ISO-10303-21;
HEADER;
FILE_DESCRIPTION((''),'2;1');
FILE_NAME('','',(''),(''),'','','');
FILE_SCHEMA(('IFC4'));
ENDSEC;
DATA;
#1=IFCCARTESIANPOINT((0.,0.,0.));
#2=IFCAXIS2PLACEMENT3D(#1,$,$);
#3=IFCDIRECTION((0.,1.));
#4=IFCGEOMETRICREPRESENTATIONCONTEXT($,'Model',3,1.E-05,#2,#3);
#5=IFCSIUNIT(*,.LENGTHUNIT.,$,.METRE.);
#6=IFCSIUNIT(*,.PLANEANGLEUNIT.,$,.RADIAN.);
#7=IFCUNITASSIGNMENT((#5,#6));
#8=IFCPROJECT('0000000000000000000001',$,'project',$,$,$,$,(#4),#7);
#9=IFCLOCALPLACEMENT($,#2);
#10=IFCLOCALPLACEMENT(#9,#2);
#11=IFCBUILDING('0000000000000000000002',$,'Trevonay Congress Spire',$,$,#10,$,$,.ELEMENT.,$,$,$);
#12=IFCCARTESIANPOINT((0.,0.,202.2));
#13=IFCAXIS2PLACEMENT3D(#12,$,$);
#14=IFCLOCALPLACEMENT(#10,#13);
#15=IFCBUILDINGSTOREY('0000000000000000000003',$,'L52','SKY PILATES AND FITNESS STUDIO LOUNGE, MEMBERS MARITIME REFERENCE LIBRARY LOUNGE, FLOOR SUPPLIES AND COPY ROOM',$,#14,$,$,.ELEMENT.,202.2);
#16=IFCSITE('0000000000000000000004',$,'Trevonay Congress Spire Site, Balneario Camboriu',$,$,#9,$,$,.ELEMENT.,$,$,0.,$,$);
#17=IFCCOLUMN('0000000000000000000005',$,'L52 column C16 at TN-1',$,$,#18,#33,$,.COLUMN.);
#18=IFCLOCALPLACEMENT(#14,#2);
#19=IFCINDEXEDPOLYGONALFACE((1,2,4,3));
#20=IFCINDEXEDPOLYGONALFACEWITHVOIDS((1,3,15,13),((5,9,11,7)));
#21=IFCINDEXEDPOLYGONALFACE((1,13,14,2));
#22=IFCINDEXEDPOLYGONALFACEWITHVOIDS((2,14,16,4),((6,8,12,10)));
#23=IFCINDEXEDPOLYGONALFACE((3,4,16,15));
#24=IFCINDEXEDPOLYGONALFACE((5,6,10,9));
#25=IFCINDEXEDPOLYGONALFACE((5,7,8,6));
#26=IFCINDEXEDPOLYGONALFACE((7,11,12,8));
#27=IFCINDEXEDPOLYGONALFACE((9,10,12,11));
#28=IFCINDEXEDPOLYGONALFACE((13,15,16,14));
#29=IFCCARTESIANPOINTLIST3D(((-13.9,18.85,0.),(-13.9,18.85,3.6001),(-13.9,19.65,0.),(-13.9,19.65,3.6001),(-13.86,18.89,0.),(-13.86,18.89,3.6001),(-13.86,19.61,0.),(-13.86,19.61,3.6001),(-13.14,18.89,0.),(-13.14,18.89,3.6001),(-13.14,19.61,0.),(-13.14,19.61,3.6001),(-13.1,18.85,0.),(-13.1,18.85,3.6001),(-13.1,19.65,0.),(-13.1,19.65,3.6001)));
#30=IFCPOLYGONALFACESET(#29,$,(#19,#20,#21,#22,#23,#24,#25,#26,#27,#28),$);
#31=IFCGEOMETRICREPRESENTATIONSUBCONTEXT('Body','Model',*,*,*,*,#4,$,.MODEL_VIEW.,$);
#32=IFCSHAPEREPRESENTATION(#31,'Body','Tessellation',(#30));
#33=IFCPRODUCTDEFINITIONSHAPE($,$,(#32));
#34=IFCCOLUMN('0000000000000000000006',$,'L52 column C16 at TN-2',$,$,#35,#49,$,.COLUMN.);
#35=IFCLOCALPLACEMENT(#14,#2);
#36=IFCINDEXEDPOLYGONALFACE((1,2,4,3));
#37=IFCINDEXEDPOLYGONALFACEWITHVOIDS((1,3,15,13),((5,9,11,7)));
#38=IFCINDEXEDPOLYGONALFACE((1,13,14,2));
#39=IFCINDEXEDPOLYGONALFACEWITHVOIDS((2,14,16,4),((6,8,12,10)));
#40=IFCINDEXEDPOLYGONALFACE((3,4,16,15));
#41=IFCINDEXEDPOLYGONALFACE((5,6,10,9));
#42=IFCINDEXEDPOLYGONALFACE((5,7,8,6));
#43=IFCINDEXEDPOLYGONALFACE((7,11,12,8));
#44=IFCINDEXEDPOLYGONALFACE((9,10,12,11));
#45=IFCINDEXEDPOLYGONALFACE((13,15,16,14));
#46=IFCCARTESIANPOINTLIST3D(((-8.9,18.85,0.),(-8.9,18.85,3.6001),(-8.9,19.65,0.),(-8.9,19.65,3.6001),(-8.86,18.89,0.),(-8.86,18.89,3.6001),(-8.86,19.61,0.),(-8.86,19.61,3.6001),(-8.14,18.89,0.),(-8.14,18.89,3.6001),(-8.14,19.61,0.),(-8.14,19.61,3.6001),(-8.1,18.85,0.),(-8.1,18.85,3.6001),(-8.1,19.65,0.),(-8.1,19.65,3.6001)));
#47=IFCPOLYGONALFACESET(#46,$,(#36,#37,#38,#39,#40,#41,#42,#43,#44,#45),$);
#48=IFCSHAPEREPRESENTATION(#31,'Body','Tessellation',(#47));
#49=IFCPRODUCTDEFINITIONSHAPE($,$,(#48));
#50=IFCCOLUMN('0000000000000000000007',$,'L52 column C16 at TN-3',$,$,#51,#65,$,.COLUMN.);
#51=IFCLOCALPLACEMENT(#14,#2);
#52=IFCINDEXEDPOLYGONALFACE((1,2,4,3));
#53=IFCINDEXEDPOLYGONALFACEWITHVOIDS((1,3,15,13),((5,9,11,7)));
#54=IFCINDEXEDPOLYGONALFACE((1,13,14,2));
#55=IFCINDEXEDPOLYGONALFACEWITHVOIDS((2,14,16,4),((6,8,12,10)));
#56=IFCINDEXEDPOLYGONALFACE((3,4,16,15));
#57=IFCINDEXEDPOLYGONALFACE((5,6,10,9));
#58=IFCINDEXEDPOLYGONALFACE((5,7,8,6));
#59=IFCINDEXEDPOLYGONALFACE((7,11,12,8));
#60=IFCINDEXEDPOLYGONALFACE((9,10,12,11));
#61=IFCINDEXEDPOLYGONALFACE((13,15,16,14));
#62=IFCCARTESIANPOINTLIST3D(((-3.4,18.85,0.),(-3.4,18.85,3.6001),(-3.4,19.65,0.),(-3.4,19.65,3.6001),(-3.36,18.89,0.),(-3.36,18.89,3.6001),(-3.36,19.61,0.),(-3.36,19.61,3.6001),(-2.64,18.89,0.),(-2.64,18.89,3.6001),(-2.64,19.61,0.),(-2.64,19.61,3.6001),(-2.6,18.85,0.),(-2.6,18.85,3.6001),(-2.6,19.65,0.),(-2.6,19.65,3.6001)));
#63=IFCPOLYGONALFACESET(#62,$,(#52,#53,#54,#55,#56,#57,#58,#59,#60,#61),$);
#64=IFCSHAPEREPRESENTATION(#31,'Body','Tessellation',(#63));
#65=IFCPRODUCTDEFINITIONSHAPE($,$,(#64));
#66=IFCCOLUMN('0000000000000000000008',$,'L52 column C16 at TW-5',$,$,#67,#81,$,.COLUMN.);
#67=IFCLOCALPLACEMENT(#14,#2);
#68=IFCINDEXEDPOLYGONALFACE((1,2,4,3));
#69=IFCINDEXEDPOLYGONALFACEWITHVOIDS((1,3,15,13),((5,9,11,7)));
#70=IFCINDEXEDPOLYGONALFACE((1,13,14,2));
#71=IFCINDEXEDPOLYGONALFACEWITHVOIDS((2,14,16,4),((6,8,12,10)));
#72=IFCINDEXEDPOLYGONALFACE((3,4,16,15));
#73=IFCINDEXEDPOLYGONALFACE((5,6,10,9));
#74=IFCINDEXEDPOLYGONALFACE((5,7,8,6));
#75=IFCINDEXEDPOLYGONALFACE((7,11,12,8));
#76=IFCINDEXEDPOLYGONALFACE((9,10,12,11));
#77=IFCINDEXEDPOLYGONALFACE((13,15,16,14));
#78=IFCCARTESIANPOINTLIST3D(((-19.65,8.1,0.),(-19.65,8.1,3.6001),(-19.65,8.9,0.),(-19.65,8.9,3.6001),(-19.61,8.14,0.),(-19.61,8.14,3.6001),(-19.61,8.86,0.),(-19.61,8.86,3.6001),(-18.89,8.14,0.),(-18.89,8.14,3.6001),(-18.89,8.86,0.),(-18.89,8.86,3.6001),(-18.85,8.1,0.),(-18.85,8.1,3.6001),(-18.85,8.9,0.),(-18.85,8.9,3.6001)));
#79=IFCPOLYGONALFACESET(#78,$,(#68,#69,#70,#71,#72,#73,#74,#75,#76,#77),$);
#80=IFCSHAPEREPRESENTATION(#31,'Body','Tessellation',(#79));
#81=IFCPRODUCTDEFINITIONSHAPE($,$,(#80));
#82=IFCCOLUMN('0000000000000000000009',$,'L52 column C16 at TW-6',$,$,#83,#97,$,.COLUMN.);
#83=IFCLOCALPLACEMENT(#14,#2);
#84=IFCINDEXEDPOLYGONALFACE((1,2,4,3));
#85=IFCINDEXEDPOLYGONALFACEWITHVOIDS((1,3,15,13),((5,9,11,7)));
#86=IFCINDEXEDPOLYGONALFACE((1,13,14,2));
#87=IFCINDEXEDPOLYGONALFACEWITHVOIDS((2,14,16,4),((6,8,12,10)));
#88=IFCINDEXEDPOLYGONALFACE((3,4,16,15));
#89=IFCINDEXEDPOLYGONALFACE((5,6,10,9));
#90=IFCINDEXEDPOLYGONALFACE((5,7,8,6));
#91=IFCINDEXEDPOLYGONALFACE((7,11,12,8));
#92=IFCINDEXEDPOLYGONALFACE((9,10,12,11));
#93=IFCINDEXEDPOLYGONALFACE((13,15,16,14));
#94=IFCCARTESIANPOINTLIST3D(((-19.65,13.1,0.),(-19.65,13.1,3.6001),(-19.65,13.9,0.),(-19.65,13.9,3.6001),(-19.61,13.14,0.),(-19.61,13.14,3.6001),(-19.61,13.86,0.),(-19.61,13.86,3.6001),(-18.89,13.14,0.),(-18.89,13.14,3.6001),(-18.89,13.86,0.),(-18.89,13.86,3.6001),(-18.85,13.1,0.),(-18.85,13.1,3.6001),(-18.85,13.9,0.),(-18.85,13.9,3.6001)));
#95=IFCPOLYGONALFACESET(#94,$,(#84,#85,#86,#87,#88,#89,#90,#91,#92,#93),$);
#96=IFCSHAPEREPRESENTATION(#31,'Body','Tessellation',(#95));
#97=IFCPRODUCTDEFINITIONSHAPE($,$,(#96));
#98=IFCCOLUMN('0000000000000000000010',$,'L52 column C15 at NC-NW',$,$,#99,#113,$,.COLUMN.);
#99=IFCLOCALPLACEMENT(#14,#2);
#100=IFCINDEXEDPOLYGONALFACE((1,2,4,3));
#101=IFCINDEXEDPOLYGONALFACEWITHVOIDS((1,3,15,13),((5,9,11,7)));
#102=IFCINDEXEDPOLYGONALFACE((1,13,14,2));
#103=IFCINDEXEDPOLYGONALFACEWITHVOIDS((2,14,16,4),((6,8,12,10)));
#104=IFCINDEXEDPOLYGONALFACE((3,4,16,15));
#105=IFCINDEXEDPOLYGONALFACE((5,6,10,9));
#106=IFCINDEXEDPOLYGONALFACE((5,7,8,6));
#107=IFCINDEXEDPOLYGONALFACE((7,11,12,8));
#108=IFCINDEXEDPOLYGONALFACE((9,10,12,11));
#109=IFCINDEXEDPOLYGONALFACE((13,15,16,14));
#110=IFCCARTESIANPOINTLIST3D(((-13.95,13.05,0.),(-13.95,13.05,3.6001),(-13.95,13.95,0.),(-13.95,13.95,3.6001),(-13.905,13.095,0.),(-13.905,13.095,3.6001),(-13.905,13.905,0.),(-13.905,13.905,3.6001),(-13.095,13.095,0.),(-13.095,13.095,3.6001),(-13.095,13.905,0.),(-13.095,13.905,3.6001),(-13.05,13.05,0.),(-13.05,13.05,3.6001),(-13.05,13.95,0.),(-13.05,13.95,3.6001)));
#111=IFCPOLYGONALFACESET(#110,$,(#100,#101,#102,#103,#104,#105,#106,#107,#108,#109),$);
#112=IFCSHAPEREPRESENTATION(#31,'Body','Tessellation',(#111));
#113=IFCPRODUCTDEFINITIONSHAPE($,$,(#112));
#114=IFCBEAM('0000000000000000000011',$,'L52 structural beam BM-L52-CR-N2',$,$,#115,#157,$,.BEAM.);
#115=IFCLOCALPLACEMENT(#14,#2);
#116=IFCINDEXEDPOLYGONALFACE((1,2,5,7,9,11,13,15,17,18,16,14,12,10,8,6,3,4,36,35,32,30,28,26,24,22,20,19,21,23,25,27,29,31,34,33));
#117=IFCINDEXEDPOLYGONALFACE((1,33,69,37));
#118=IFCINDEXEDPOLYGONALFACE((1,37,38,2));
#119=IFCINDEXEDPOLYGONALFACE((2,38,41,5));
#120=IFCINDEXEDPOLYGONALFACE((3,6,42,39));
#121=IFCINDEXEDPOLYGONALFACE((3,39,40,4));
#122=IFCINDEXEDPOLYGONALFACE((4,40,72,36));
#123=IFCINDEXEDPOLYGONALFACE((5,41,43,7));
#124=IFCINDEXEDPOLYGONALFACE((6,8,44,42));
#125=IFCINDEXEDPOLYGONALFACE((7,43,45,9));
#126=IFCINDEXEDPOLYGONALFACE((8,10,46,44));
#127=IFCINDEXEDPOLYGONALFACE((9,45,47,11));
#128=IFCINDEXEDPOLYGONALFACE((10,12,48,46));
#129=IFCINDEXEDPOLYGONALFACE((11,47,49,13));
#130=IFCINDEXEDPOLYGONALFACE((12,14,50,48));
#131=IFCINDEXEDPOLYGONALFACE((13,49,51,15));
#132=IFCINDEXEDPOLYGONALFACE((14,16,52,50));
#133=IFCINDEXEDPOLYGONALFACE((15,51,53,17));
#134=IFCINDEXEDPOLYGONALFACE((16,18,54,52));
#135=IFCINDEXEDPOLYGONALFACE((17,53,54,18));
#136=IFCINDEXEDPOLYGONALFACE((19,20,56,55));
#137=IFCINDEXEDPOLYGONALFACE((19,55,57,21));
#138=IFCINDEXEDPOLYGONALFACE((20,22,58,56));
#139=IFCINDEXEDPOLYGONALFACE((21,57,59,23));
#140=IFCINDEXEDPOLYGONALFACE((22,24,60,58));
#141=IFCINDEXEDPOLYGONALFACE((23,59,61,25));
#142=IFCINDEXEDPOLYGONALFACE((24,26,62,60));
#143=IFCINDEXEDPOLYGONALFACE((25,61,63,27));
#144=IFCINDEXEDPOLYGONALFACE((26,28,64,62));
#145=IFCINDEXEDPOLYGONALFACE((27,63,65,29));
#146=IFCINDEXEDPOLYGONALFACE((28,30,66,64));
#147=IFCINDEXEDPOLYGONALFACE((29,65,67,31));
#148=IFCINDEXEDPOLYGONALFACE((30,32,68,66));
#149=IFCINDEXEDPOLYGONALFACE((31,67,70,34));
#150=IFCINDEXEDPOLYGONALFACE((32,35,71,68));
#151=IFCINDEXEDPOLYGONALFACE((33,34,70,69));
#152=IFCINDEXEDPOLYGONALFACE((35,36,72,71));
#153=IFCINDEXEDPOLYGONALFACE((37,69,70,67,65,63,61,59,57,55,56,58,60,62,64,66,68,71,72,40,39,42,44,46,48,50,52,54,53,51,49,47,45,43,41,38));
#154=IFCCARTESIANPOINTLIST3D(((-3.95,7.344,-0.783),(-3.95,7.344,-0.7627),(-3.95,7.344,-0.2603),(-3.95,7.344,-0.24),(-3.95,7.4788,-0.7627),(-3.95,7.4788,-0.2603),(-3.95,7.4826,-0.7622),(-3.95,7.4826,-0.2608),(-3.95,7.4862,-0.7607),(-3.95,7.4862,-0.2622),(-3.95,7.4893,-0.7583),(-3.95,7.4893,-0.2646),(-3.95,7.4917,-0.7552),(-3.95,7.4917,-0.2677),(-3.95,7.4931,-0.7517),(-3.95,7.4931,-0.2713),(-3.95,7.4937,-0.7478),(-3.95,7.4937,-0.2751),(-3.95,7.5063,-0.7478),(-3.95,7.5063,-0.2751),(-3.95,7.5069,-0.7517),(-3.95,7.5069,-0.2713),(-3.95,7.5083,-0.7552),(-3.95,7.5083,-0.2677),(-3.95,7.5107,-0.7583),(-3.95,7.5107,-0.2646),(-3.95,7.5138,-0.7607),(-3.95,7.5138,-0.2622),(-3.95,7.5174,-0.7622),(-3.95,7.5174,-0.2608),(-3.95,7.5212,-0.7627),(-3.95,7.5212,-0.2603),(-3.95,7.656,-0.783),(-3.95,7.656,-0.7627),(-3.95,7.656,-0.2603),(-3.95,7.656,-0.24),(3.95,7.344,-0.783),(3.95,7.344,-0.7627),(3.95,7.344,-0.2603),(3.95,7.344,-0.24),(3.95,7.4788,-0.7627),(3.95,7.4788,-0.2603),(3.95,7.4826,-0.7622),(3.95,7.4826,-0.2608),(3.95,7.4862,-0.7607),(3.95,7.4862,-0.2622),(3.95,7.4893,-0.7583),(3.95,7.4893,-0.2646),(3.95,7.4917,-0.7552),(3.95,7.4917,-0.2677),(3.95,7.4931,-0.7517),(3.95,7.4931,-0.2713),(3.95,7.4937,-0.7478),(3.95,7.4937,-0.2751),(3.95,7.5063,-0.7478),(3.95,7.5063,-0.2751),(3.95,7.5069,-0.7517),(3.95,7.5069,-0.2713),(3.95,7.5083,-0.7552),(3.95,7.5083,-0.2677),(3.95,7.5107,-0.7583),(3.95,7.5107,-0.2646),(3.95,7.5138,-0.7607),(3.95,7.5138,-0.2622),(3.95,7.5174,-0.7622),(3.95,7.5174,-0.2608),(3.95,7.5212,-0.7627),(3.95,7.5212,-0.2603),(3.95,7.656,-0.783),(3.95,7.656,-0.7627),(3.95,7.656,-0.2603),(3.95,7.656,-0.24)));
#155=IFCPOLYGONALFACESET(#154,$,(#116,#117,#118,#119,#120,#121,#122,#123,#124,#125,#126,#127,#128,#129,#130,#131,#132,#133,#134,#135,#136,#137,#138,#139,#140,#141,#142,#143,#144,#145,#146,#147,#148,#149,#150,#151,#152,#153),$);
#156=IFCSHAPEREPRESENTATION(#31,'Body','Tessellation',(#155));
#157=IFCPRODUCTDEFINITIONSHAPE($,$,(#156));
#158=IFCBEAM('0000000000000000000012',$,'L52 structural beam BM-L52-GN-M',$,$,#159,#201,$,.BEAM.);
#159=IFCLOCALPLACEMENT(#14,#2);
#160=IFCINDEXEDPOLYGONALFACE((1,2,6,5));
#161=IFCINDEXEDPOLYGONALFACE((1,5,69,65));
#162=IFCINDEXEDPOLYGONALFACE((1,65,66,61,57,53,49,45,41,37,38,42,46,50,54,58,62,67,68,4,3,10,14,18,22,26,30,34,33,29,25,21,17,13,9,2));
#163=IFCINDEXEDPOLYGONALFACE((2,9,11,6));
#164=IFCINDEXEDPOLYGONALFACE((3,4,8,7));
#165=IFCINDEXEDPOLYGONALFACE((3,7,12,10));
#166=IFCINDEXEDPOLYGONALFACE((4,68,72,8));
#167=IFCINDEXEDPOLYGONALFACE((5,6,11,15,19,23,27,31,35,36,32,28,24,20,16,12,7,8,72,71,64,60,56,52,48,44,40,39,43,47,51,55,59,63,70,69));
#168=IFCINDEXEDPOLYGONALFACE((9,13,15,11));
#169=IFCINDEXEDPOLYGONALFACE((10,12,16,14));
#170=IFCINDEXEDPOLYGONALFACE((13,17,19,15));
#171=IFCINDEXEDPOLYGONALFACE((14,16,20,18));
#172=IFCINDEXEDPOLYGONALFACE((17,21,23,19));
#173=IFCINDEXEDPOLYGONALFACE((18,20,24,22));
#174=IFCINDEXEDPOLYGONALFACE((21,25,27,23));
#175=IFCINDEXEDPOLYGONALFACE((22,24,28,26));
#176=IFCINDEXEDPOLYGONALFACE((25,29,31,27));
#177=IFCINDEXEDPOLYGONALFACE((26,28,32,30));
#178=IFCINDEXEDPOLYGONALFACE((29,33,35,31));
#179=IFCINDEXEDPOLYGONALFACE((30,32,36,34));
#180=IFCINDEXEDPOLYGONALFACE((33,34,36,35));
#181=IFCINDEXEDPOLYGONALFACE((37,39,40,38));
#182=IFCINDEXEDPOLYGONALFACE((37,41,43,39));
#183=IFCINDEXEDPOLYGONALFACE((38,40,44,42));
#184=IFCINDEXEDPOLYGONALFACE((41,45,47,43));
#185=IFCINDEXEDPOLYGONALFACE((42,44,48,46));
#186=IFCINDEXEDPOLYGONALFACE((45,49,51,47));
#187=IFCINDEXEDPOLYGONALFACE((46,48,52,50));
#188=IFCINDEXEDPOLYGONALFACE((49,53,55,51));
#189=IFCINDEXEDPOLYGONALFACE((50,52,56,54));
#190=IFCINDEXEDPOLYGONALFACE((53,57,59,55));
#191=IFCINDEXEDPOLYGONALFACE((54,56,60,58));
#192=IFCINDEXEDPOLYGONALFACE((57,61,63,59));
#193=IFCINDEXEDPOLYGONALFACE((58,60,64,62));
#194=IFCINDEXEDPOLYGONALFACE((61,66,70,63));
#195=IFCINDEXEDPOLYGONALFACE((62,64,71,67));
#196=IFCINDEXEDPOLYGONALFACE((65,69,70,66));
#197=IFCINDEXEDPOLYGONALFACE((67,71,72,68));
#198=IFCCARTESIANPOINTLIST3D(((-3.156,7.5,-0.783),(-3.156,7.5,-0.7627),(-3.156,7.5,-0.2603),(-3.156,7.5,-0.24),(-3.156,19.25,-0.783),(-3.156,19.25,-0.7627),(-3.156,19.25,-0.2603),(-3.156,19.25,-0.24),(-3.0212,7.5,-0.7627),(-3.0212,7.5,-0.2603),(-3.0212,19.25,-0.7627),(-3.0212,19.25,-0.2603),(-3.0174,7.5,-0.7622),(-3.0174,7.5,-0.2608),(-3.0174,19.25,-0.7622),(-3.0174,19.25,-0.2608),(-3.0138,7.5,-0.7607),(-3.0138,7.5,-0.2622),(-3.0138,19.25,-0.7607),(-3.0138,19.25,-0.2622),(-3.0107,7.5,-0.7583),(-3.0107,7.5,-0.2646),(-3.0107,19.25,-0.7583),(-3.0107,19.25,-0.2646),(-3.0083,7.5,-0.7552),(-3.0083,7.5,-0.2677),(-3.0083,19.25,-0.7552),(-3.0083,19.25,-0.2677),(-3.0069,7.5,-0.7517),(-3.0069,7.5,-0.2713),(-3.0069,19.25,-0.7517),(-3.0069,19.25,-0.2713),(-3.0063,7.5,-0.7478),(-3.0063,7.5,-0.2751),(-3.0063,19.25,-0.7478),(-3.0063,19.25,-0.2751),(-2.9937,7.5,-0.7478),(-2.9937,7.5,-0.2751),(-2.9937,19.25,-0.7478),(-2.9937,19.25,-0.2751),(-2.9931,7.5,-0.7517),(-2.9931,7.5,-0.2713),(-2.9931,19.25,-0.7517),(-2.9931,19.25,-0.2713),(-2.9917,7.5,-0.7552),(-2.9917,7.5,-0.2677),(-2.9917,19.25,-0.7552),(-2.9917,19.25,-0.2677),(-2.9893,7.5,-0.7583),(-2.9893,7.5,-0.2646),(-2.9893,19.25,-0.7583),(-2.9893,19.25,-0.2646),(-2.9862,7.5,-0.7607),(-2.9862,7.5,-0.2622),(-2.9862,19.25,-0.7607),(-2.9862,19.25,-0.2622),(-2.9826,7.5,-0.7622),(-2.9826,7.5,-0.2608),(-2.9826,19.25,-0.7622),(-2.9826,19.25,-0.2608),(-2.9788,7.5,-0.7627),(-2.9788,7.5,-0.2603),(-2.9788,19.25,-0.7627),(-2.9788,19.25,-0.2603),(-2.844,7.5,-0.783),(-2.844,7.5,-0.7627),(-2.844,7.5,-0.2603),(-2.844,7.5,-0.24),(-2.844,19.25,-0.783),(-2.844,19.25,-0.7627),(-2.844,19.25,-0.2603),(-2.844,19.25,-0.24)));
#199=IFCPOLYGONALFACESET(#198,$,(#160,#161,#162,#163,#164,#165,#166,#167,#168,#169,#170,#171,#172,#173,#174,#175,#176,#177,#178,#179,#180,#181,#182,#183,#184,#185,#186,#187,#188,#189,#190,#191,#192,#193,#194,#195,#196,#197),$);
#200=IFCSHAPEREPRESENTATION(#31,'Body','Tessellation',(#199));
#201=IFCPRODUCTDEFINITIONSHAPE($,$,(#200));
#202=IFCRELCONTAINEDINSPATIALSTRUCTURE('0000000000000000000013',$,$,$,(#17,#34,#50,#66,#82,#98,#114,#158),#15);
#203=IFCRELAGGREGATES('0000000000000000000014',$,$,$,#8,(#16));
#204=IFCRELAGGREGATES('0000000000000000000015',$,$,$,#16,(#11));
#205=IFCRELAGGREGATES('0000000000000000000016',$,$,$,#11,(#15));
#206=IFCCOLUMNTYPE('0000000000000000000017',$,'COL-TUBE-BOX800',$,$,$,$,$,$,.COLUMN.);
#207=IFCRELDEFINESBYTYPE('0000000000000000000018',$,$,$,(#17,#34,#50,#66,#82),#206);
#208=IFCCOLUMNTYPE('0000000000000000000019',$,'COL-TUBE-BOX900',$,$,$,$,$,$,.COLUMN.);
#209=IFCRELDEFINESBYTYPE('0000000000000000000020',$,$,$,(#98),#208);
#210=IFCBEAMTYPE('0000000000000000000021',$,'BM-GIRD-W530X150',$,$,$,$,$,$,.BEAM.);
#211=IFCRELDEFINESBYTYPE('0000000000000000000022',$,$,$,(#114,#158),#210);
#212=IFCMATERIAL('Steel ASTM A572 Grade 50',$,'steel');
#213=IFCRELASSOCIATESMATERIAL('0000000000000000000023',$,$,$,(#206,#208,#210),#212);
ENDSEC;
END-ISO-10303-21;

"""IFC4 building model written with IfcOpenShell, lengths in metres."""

from ifc_helpers import new_model, si_unit, direction, frame, origin, origin_2d, place, context, subcontext, project, spatial, hollow_rectangle, i_section, extrude, material, material_profile, profile_set, type_object, element, save


model = new_model("IFC4")

# Units and contexts
model_context = context("Model", 3, precision=1e-05, world=origin(), true_north=direction((0.0, 1.0)))
body_context = subcontext(model_context, "Body", "Model", "MODEL_VIEW")
ifc_project = project(units=[si_unit("LENGTHUNIT", "METRE"), si_unit("PLANEANGLEUNIT", "RADIAN")], contexts=[model_context])

# Site, building, storey
site_placement = place(None, origin())
site = spatial("IfcSite", under=ifc_project, at=site_placement, Name="Trevonay Congress Spire Site, Balneario Camboriu", CompositionType="ELEMENT", RefElevation=0.0)
building_placement = place(site_placement, origin())
building = spatial("IfcBuilding", under=site, at=building_placement, Name="Trevonay Congress Spire", CompositionType="ELEMENT")
storey_placement = place(building_placement, frame((0.0, 0.0, 202.2)))
storey = spatial("IfcBuildingStorey", under=building, at=storey_placement, Name="L52", Description="SKY PILATES AND FITNESS STUDIO LOUNGE, MEMBERS MARITIME REFERENCE LIBRARY LOUNGE, FLOOR SUPPLIES AND COPY ROOM", CompositionType="ELEMENT", Elevation=202.2)

# Columns
ifc_material_1 = material(Name="Steel ASTM A572 Grade 50", Category="steel")
ifc_material_profile_1 = material_profile(ifc_material_1, hollow_rectangle(XDim=0.8, YDim=0.8, WallThickness=0.04, at=origin_2d()), Name="BOX 800x800x40")
ifc_profile_set_1 = profile_set([ifc_material_profile_1], Name="Steel ASTM A572 Grade 50")
column_type_1 = type_object("IfcColumnType", Name="COL-TUBE-BOX800", PredefinedType="COLUMN", material=ifc_profile_set_1)
for number, where, z_axis, x_axis, name in (
    (1, (-13.5, 19.25, 0.0), (0.0, 0.0, 1.0), (1.0, 0.0, 0.0), "L52 column C16 at TN-1"),
    (2, (-8.5, 19.25, 0.0), (0.0, 0.0, 1.0), (1.0, 0.0, 0.0), "L52 column C16 at TN-2"),
    (3, (-3.0, 19.25, 0.0), (0.0, 0.0, 1.0), (1.0, 0.0, 0.0), "L52 column C16 at TN-3"),
    (4, (-19.25, 8.5, 0.0), (0.0, 0.0, 1.0), (1.0, 0.0, 0.0), "L52 column C16 at TW-5"),
    (5, (-19.25, 13.5, 0.0), (0.0, 0.0, 1.0), (1.0, 0.0, 0.0), "L52 column C16 at TW-6"),
):
    element("IfcColumn", number, at=place(storey_placement, frame(where, z_axis=z_axis, x_axis=x_axis)), inside=storey, type_object=column_type_1, Name=name, PredefinedType="COLUMN", context=body_context, shape_type="SweptSolid", body=[
        extrude(hollow_rectangle(XDim=0.8, YDim=0.8, WallThickness=0.04, at=origin_2d()), origin(), (0.0, 0.0, 1.0), 3.6001),
    ])
ifc_material_profile_2 = material_profile(ifc_material_1, hollow_rectangle(XDim=0.8999, YDim=0.8999, WallThickness=0.0449, at=origin_2d()), Name="BOX 900x900x45")
ifc_profile_set_2 = profile_set([ifc_material_profile_2], Name="Steel ASTM A572 Grade 50")
column_type_2 = type_object("IfcColumnType", Name="COL-TUBE-BOX900", PredefinedType="COLUMN", material=ifc_profile_set_2)
column_placement = place(storey_placement, frame((-13.5, 13.5, 0.0), z_axis=(0.0, 0.0, 1.0), x_axis=(1.0, 0.0, 0.0)))
element("IfcColumn", 6, at=column_placement, inside=storey, type_object=column_type_2, Name="L52 column C15 at NC-NW", PredefinedType="COLUMN", context=body_context, shape_type="SweptSolid", body=[
    extrude(hollow_rectangle(XDim=0.8999, YDim=0.8999, WallThickness=0.0449, at=origin_2d()), origin(), (0.0, 0.0, 1.0), 3.6001),
])

# Beams
ifc_material_profile_3 = material_profile(ifc_material_1, i_section(OverallWidth=0.312, OverallDepth=0.543, WebThickness=0.0127, FlangeThickness=0.0203, FilletRadius=0.0149, at=origin_2d()), Name="W530x150")
ifc_profile_set_3 = profile_set([ifc_material_profile_3], Name="Steel ASTM A572 Grade 50")
beam_type_1 = type_object("IfcBeamType", Name="BM-GIRD-W530X150", PredefinedType="BEAM", material=ifc_profile_set_3)
beam_1_placement = place(storey_placement, frame((-3.95, 7.5, -0.5115), z_axis=(1.0, 0.0, 0.0), x_axis=(0.0, 1.0, 0.0)))
element("IfcBeam", 7, at=beam_1_placement, inside=storey, type_object=beam_type_1, Name="L52 structural beam BM-L52-CR-N2", PredefinedType="BEAM", context=body_context, shape_type="SweptSolid", body=[
    extrude(i_section(OverallWidth=0.312, OverallDepth=0.543, WebThickness=0.0127, FlangeThickness=0.0203, FilletRadius=0.0149, at=origin_2d()), origin(), (0.0, 0.0, 1.0), 7.8999),
])
beam_2_placement = place(storey_placement, frame((-3.0, 7.5, -0.5115), z_axis=(0.0, 1.0, 0.0), x_axis=(-1.0, 0.0, 0.0)))
element("IfcBeam", 8, at=beam_2_placement, inside=storey, type_object=beam_type_1, Name="L52 structural beam BM-L52-GN-M", PredefinedType="BEAM", context=body_context, shape_type="SweptSolid", body=[
    extrude(i_section(OverallWidth=0.312, OverallDepth=0.543, WebThickness=0.0127, FlangeThickness=0.0203, FilletRadius=0.0149, at=origin_2d()), origin(), (0.0, 0.0, 1.0), 11.75),
])

save(model, "model.ifc")
